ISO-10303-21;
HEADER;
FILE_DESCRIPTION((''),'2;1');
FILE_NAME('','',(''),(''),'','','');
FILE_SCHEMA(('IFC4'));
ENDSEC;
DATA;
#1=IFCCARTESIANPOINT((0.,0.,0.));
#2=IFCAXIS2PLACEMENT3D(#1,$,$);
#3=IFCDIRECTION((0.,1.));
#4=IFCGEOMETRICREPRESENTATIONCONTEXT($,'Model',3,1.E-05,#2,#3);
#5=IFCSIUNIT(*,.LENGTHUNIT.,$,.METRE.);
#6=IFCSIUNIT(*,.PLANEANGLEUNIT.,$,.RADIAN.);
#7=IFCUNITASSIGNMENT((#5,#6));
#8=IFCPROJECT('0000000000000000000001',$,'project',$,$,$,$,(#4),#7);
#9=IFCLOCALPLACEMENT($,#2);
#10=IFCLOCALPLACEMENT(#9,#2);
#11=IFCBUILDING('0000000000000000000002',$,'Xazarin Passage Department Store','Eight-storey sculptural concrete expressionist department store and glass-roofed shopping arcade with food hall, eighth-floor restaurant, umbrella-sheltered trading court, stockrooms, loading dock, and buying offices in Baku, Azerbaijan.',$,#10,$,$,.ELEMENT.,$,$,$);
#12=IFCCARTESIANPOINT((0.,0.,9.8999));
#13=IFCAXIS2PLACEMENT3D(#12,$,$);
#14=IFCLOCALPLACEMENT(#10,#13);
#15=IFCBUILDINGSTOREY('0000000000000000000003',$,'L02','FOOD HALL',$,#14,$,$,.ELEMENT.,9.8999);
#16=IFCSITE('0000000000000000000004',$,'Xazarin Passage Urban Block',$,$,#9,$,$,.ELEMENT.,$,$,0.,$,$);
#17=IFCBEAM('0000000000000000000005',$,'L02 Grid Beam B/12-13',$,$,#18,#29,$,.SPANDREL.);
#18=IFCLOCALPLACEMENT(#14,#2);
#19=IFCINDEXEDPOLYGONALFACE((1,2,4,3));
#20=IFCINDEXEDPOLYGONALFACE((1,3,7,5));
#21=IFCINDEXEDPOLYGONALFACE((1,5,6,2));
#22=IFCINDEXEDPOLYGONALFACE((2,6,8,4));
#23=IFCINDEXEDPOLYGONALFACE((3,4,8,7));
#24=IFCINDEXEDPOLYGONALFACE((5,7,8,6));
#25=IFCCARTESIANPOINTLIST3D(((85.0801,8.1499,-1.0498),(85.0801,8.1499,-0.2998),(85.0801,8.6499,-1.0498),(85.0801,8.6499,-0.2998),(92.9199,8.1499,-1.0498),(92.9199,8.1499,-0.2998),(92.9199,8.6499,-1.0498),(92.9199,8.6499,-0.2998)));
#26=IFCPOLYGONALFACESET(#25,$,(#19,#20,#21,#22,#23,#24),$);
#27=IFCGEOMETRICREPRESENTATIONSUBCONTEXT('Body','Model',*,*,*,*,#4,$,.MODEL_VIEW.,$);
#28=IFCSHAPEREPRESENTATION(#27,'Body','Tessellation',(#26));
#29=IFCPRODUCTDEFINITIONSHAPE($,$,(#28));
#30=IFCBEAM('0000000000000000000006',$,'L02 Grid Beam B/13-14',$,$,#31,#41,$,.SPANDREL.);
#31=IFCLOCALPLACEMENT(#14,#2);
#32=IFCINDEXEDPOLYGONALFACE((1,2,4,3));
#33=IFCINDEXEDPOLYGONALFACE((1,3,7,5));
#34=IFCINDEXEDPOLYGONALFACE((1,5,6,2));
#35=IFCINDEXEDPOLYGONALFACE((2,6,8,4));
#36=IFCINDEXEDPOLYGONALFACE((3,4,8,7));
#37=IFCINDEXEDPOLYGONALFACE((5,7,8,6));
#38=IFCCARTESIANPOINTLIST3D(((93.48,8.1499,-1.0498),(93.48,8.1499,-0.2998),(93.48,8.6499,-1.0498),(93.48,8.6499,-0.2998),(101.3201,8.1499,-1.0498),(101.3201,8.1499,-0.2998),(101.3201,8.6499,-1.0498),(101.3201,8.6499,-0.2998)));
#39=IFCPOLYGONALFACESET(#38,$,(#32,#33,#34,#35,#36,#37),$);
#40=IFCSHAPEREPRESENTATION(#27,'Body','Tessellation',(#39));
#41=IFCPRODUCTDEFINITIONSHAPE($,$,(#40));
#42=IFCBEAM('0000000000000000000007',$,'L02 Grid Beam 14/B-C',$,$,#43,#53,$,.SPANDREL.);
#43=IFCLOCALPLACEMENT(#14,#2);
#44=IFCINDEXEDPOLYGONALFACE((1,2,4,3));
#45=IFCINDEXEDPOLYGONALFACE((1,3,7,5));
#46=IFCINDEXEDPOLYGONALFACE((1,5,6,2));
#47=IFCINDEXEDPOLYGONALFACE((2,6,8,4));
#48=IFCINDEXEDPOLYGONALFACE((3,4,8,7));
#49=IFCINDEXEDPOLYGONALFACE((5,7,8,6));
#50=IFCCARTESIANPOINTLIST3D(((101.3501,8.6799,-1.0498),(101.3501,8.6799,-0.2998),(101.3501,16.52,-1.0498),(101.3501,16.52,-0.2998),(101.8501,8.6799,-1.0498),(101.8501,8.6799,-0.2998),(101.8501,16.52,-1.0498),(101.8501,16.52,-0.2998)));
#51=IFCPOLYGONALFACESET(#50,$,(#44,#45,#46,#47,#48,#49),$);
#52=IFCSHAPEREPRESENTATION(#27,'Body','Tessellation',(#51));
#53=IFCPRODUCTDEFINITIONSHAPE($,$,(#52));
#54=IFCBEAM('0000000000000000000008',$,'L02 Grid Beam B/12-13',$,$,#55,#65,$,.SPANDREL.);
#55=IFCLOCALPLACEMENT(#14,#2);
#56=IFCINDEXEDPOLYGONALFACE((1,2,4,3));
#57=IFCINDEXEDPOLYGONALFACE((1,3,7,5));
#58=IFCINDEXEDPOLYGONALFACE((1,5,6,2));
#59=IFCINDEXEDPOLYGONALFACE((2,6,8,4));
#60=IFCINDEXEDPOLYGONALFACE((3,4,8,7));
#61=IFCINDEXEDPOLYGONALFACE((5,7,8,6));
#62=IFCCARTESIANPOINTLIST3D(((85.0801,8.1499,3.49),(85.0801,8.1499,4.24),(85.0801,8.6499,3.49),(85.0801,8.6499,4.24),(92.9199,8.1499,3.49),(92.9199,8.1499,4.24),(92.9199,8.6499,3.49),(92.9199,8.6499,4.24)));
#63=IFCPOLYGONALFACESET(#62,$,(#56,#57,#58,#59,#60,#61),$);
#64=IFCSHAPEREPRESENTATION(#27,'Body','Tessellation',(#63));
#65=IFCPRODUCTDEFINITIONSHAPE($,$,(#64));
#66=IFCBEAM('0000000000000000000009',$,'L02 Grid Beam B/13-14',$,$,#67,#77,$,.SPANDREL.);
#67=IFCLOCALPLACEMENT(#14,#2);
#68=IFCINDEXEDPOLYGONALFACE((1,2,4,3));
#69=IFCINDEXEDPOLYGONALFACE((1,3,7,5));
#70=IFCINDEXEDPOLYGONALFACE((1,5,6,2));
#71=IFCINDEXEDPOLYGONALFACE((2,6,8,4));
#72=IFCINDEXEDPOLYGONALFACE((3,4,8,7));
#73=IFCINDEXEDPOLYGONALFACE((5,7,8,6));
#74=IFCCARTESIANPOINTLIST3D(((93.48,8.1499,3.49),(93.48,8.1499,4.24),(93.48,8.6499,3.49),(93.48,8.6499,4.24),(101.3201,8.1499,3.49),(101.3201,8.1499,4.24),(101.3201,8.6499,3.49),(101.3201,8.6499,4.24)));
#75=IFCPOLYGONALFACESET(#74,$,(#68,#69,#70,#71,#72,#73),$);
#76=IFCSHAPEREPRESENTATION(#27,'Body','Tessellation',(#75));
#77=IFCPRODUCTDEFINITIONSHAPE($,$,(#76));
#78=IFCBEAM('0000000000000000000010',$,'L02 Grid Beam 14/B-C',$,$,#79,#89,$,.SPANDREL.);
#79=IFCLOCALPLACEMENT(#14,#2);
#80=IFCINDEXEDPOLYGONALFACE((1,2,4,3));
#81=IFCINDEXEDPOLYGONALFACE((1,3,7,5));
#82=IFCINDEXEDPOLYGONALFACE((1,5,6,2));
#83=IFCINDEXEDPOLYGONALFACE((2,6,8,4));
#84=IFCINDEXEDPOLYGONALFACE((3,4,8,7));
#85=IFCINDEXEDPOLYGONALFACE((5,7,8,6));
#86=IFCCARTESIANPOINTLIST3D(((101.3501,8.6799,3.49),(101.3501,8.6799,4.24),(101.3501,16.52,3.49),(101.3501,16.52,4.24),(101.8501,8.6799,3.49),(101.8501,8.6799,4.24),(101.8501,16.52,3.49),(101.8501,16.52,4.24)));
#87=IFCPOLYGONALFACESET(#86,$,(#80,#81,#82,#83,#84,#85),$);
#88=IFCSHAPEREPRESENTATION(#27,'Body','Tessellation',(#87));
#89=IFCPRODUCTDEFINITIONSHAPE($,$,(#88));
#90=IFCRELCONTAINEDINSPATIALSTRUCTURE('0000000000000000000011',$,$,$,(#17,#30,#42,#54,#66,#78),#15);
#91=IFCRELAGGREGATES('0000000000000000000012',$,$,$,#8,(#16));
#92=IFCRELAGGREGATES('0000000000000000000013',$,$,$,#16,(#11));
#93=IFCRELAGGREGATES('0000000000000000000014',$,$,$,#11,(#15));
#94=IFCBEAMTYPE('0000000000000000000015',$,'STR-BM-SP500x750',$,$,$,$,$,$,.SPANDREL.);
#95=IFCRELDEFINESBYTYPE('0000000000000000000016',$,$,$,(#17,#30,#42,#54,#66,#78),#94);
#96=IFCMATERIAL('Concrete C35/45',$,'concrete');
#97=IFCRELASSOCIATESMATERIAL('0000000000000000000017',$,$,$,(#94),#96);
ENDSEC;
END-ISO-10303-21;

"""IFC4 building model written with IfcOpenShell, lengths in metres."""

from ifc_helpers import new_model, si_unit, direction, frame, origin, origin_2d, place, context, subcontext, project, spatial, rectangle, extrude, material, material_profile, profile_set, type_object, element, save


model = new_model("IFC4")

# Units and contexts
model_context = context("Model", 3, precision=1e-05, world=origin(), true_north=direction((0.0, 1.0)))
body_context = subcontext(model_context, "Body", "Model", "MODEL_VIEW")
ifc_project = project(units=[si_unit("LENGTHUNIT", "METRE"), si_unit("PLANEANGLEUNIT", "RADIAN")], contexts=[model_context])

# Site, building, storey
site_placement = place(None, origin())
site = spatial("IfcSite", under=ifc_project, at=site_placement, Name="Xazarin Passage Urban Block", CompositionType="ELEMENT", RefElevation=0.0)
building_placement = place(site_placement, origin())
building = spatial("IfcBuilding", under=site, at=building_placement, Name="Xazarin Passage Department Store", Description="Eight-storey sculptural concrete expressionist department store and glass-roofed shopping arcade with food hall, eighth-floor restaurant, umbrella-sheltered trading court, stockrooms, loading dock, and buying offices in Baku, Azerbaijan.", CompositionType="ELEMENT")
storey_placement = place(building_placement, frame((0.0, 0.0, 9.8999)))
storey = spatial("IfcBuildingStorey", under=building, at=storey_placement, Name="L02", Description="FOOD HALL", CompositionType="ELEMENT", Elevation=9.8999)

# Beams
ifc_material_1 = material(Name="Concrete C35/45", Category="concrete")
ifc_material_profile_1 = material_profile(ifc_material_1, rectangle(XDim=0.5, YDim=0.75, at=origin_2d()), Name="RC 500x750")
ifc_profile_set_1 = profile_set([ifc_material_profile_1], Name="Concrete C35/45")
beam_type_1 = type_object("IfcBeamType", Name="STR-BM-SP500x750", PredefinedType="SPANDREL", material=ifc_profile_set_1)
beam_1_placement = place(storey_placement, frame((85.0801, 8.3999, -0.6748), z_axis=(1.0, 0.0, 0.0), x_axis=(0.0, 1.0, 0.0)))
element("IfcBeam", 1, at=beam_1_placement, inside=storey, type_object=beam_type_1, Name="L02 Grid Beam B/12-13", PredefinedType="SPANDREL", context=body_context, shape_type="SweptSolid", body=[
    extrude(rectangle(XDim=0.5, YDim=0.75, at=origin_2d()), origin(), (0.0, 0.0, 1.0), 7.8398),
])
for number, where, z_axis, x_axis, name in (
    (2, (93.48, 8.3999, -0.6748), (1.0, 0.0, 0.0), (0.0, 1.0, 0.0), "L02 Grid Beam B/13-14"),
    (3, (101.6001, 8.6799, -0.6748), (0.0, 1.0, 0.0), (-1.0, 0.0, 0.0), "L02 Grid Beam 14/B-C"),
):
    element("IfcBeam", number, at=place(storey_placement, frame(where, z_axis=z_axis, x_axis=x_axis)), inside=storey, type_object=beam_type_1, Name=name, PredefinedType="SPANDREL", context=body_context, shape_type="SweptSolid", body=[
        extrude(rectangle(XDim=0.5, YDim=0.75, at=origin_2d()), origin(), (0.0, 0.0, 1.0), 7.8401),
    ])
beam_2_placement = place(storey_placement, frame((85.0801, 8.3999, 3.865), z_axis=(1.0, 0.0, 0.0), x_axis=(0.0, 1.0, 0.0)))
element("IfcBeam", 4, at=beam_2_placement, inside=storey, type_object=beam_type_1, Name="L02 Grid Beam B/12-13", PredefinedType="SPANDREL", context=body_context, shape_type="SweptSolid", body=[
    extrude(rectangle(XDim=0.5, YDim=0.75, at=origin_2d()), origin(), (0.0, 0.0, 1.0), 7.8398),
])
for number, where, z_axis, x_axis, name in (
    (5, (93.48, 8.3999, 3.865), (1.0, 0.0, 0.0), (0.0, 1.0, 0.0), "L02 Grid Beam B/13-14"),
    (6, (101.6001, 8.6799, 3.865), (0.0, 1.0, 0.0), (-1.0, 0.0, 0.0), "L02 Grid Beam 14/B-C"),
):
    element("IfcBeam", number, at=place(storey_placement, frame(where, z_axis=z_axis, x_axis=x_axis)), inside=storey, type_object=beam_type_1, Name=name, PredefinedType="SPANDREL", context=body_context, shape_type="SweptSolid", body=[
        extrude(rectangle(XDim=0.5, YDim=0.75, at=origin_2d()), origin(), (0.0, 0.0, 1.0), 7.8401),
    ])

save(model, "model.ifc")
